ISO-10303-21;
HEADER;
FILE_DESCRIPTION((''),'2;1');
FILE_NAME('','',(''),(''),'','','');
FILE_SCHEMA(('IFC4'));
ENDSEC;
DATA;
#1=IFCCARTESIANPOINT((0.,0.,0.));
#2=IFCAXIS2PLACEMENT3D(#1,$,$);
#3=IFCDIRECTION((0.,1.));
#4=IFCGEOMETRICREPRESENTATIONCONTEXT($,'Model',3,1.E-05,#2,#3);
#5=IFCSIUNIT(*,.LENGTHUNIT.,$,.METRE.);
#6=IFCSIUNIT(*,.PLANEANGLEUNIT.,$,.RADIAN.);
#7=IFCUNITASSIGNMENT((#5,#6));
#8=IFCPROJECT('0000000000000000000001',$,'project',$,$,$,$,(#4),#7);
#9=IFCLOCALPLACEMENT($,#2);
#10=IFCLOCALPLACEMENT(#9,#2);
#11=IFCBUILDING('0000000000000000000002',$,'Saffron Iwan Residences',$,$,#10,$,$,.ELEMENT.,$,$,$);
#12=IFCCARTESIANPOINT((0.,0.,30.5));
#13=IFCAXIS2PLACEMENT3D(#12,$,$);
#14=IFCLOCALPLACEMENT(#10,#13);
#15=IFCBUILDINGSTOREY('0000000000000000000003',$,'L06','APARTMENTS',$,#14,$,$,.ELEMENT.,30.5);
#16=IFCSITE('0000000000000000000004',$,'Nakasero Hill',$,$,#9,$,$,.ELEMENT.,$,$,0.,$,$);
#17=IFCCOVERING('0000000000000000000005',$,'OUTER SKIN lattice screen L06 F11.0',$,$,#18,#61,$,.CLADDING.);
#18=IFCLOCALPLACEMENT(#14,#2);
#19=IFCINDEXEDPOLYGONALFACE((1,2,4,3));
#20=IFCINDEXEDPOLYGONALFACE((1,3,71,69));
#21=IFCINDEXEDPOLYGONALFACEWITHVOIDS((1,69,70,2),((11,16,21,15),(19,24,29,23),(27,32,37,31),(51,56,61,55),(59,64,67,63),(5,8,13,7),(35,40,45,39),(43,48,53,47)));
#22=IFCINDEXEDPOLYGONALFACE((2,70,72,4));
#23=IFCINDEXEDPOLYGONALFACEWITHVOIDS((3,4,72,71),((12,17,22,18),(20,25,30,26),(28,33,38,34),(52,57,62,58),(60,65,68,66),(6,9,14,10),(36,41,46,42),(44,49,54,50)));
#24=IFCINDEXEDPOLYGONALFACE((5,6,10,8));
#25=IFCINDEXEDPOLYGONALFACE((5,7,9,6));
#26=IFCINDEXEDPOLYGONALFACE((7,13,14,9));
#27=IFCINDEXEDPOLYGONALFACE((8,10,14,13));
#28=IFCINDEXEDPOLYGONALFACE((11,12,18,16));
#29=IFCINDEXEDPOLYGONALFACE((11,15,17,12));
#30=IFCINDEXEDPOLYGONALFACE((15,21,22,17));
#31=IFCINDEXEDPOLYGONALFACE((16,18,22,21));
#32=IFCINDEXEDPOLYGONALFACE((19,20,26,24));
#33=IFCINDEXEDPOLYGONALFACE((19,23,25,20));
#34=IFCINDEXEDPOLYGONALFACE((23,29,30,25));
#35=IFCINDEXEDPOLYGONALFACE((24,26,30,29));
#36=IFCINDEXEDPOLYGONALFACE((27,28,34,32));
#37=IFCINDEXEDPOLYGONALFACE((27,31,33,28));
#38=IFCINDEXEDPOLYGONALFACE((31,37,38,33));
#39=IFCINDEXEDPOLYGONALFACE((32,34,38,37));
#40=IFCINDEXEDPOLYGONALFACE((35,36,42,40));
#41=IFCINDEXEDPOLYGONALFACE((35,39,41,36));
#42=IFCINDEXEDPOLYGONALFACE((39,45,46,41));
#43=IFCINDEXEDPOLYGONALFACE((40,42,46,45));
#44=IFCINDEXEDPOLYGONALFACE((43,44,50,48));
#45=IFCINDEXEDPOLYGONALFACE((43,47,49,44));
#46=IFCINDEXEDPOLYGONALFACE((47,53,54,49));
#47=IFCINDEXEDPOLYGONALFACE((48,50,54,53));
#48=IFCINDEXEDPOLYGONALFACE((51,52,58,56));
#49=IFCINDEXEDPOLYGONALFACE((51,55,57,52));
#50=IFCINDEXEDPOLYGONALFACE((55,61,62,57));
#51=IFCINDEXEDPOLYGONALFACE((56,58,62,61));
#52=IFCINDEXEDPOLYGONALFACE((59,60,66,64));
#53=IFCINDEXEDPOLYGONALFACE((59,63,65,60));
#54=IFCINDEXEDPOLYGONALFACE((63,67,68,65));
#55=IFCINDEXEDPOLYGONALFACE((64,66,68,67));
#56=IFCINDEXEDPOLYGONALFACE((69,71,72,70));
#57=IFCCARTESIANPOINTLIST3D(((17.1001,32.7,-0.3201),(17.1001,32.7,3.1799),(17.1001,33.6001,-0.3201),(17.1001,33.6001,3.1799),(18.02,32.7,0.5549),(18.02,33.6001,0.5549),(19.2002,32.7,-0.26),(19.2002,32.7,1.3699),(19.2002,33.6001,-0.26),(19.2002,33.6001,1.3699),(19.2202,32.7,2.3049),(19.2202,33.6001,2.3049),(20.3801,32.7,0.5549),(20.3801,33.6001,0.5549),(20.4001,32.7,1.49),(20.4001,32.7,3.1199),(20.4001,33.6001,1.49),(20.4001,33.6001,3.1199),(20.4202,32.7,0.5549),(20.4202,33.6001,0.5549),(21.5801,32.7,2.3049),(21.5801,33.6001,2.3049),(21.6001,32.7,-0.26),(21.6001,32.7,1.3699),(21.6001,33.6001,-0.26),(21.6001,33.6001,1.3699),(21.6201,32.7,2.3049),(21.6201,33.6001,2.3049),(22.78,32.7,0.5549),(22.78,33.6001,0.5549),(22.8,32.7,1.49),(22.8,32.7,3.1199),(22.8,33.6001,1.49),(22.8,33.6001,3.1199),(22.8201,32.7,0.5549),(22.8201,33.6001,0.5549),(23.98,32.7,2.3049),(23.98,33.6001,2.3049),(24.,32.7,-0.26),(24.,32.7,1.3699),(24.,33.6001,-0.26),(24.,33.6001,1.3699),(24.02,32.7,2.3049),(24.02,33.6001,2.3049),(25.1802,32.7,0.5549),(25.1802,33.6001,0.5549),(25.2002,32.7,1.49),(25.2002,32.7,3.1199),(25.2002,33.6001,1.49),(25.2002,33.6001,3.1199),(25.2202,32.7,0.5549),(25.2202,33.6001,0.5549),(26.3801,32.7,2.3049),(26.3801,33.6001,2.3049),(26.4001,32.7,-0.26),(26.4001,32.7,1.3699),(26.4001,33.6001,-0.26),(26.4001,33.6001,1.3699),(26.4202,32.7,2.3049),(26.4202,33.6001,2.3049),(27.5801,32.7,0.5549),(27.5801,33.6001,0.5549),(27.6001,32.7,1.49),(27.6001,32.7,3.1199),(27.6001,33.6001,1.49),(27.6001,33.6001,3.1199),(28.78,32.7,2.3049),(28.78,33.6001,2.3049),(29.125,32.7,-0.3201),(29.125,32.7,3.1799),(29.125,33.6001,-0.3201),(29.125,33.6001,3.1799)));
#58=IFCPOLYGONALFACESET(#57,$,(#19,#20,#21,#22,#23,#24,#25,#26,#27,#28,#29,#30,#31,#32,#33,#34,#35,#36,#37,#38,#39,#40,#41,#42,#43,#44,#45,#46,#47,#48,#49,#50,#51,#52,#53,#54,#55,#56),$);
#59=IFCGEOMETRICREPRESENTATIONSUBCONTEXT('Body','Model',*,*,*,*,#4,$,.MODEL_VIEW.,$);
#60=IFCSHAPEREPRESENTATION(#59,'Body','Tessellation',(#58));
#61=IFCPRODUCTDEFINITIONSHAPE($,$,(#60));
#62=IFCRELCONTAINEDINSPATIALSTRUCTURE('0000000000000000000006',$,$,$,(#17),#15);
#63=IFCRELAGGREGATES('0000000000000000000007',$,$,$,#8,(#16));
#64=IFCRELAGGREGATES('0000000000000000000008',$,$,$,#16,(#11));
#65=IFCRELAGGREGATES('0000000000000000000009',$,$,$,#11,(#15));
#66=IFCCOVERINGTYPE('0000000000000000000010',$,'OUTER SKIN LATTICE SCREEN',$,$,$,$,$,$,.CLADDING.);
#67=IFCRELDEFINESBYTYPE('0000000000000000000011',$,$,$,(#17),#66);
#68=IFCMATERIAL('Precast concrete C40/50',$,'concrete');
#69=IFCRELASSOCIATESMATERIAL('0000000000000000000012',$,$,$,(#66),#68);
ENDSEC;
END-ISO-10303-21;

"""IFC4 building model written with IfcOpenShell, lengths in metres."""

from ifc_helpers import new_model, si_unit, direction, frame, origin, place, context, subcontext, project, spatial, polyline, outline, extrude, material, type_object, element, save


model = new_model("IFC4")

# Units and contexts
model_context = context("Model", 3, precision=1e-05, world=origin(), true_north=direction((0.0, 1.0)))
body_context = subcontext(model_context, "Body", "Model", "MODEL_VIEW")
ifc_project = project(units=[si_unit("LENGTHUNIT", "METRE"), si_unit("PLANEANGLEUNIT", "RADIAN")], contexts=[model_context])

# Site, building, storey
site_placement = place(None, origin())
site = spatial("IfcSite", under=ifc_project, at=site_placement, Name="Nakasero Hill", CompositionType="ELEMENT", RefElevation=0.0)
building_placement = place(site_placement, origin())
building = spatial("IfcBuilding", under=site, at=building_placement, Name="Saffron Iwan Residences", CompositionType="ELEMENT")
storey_placement = place(building_placement, frame((0.0, 0.0, 30.5)))
storey = spatial("IfcBuildingStorey", under=building, at=storey_placement, Name="L06", Description="APARTMENTS", CompositionType="ELEMENT", Elevation=30.5)

# Covering
ifc_material_1 = material(Name="Precast concrete C40/50", Category="concrete")
covering_type_1 = type_object("IfcCoveringType", Name="OUTER SKIN LATTICE SCREEN", PredefinedType="CLADDING", material=ifc_material_1)
covering_1_placement = place(storey_placement, frame((17.1001, 33.6001, -0.3201), z_axis=(0.0, -1.0, 0.0), x_axis=(1.0, 0.0, 0.0)))
element("IfcCovering", 1, at=covering_1_placement, inside=storey, type_object=covering_type_1, Name="OUTER SKIN lattice screen L06 F11.0", PredefinedType="CLADDING", context=body_context, shape_type="SweptSolid", body=[
    extrude(outline(polyline([(0.0, 0.0), (12.0249, 0.0), (12.0249, 3.5), (0.0, 3.5), (0.0, 0.0)]), holes=[polyline([(0.9199, 0.875), (2.1001, 0.0601), (3.28, 0.875), (2.1001, 1.6899), (0.9199, 0.875)]), polyline([(3.3201, 0.875), (4.5, 0.0601), (5.6799, 0.875), (4.5, 1.6899), (3.3201, 0.875)]), polyline([(5.72, 0.875), (6.8999, 0.0601), (8.0801, 0.875), (6.8999, 1.6899), (5.72, 0.875)]), polyline([(8.1201, 0.875), (9.3, 0.0601), (10.48, 0.875), (9.3, 1.6899), (8.1201, 0.875)]), polyline([(2.1201, 2.625), (3.3, 1.8101), (4.48, 2.625), (3.3, 3.4399), (2.1201, 2.625)]), polyline([(4.52, 2.625), (5.7, 1.8101), (6.8799, 2.625), (5.7, 3.4399), (4.52, 2.625)]), polyline([(6.9199, 2.625), (8.1001, 1.8101), (9.28, 2.625), (8.1001, 3.4399), (6.9199, 2.625)]), polyline([(9.3201, 2.625), (10.5, 1.8101), (11.6799, 2.625), (10.5, 3.4399), (9.3201, 2.625)])]), origin(), (0.0, 0.0, 1.0), 0.9001),
])

save(model, "model.ifc")
